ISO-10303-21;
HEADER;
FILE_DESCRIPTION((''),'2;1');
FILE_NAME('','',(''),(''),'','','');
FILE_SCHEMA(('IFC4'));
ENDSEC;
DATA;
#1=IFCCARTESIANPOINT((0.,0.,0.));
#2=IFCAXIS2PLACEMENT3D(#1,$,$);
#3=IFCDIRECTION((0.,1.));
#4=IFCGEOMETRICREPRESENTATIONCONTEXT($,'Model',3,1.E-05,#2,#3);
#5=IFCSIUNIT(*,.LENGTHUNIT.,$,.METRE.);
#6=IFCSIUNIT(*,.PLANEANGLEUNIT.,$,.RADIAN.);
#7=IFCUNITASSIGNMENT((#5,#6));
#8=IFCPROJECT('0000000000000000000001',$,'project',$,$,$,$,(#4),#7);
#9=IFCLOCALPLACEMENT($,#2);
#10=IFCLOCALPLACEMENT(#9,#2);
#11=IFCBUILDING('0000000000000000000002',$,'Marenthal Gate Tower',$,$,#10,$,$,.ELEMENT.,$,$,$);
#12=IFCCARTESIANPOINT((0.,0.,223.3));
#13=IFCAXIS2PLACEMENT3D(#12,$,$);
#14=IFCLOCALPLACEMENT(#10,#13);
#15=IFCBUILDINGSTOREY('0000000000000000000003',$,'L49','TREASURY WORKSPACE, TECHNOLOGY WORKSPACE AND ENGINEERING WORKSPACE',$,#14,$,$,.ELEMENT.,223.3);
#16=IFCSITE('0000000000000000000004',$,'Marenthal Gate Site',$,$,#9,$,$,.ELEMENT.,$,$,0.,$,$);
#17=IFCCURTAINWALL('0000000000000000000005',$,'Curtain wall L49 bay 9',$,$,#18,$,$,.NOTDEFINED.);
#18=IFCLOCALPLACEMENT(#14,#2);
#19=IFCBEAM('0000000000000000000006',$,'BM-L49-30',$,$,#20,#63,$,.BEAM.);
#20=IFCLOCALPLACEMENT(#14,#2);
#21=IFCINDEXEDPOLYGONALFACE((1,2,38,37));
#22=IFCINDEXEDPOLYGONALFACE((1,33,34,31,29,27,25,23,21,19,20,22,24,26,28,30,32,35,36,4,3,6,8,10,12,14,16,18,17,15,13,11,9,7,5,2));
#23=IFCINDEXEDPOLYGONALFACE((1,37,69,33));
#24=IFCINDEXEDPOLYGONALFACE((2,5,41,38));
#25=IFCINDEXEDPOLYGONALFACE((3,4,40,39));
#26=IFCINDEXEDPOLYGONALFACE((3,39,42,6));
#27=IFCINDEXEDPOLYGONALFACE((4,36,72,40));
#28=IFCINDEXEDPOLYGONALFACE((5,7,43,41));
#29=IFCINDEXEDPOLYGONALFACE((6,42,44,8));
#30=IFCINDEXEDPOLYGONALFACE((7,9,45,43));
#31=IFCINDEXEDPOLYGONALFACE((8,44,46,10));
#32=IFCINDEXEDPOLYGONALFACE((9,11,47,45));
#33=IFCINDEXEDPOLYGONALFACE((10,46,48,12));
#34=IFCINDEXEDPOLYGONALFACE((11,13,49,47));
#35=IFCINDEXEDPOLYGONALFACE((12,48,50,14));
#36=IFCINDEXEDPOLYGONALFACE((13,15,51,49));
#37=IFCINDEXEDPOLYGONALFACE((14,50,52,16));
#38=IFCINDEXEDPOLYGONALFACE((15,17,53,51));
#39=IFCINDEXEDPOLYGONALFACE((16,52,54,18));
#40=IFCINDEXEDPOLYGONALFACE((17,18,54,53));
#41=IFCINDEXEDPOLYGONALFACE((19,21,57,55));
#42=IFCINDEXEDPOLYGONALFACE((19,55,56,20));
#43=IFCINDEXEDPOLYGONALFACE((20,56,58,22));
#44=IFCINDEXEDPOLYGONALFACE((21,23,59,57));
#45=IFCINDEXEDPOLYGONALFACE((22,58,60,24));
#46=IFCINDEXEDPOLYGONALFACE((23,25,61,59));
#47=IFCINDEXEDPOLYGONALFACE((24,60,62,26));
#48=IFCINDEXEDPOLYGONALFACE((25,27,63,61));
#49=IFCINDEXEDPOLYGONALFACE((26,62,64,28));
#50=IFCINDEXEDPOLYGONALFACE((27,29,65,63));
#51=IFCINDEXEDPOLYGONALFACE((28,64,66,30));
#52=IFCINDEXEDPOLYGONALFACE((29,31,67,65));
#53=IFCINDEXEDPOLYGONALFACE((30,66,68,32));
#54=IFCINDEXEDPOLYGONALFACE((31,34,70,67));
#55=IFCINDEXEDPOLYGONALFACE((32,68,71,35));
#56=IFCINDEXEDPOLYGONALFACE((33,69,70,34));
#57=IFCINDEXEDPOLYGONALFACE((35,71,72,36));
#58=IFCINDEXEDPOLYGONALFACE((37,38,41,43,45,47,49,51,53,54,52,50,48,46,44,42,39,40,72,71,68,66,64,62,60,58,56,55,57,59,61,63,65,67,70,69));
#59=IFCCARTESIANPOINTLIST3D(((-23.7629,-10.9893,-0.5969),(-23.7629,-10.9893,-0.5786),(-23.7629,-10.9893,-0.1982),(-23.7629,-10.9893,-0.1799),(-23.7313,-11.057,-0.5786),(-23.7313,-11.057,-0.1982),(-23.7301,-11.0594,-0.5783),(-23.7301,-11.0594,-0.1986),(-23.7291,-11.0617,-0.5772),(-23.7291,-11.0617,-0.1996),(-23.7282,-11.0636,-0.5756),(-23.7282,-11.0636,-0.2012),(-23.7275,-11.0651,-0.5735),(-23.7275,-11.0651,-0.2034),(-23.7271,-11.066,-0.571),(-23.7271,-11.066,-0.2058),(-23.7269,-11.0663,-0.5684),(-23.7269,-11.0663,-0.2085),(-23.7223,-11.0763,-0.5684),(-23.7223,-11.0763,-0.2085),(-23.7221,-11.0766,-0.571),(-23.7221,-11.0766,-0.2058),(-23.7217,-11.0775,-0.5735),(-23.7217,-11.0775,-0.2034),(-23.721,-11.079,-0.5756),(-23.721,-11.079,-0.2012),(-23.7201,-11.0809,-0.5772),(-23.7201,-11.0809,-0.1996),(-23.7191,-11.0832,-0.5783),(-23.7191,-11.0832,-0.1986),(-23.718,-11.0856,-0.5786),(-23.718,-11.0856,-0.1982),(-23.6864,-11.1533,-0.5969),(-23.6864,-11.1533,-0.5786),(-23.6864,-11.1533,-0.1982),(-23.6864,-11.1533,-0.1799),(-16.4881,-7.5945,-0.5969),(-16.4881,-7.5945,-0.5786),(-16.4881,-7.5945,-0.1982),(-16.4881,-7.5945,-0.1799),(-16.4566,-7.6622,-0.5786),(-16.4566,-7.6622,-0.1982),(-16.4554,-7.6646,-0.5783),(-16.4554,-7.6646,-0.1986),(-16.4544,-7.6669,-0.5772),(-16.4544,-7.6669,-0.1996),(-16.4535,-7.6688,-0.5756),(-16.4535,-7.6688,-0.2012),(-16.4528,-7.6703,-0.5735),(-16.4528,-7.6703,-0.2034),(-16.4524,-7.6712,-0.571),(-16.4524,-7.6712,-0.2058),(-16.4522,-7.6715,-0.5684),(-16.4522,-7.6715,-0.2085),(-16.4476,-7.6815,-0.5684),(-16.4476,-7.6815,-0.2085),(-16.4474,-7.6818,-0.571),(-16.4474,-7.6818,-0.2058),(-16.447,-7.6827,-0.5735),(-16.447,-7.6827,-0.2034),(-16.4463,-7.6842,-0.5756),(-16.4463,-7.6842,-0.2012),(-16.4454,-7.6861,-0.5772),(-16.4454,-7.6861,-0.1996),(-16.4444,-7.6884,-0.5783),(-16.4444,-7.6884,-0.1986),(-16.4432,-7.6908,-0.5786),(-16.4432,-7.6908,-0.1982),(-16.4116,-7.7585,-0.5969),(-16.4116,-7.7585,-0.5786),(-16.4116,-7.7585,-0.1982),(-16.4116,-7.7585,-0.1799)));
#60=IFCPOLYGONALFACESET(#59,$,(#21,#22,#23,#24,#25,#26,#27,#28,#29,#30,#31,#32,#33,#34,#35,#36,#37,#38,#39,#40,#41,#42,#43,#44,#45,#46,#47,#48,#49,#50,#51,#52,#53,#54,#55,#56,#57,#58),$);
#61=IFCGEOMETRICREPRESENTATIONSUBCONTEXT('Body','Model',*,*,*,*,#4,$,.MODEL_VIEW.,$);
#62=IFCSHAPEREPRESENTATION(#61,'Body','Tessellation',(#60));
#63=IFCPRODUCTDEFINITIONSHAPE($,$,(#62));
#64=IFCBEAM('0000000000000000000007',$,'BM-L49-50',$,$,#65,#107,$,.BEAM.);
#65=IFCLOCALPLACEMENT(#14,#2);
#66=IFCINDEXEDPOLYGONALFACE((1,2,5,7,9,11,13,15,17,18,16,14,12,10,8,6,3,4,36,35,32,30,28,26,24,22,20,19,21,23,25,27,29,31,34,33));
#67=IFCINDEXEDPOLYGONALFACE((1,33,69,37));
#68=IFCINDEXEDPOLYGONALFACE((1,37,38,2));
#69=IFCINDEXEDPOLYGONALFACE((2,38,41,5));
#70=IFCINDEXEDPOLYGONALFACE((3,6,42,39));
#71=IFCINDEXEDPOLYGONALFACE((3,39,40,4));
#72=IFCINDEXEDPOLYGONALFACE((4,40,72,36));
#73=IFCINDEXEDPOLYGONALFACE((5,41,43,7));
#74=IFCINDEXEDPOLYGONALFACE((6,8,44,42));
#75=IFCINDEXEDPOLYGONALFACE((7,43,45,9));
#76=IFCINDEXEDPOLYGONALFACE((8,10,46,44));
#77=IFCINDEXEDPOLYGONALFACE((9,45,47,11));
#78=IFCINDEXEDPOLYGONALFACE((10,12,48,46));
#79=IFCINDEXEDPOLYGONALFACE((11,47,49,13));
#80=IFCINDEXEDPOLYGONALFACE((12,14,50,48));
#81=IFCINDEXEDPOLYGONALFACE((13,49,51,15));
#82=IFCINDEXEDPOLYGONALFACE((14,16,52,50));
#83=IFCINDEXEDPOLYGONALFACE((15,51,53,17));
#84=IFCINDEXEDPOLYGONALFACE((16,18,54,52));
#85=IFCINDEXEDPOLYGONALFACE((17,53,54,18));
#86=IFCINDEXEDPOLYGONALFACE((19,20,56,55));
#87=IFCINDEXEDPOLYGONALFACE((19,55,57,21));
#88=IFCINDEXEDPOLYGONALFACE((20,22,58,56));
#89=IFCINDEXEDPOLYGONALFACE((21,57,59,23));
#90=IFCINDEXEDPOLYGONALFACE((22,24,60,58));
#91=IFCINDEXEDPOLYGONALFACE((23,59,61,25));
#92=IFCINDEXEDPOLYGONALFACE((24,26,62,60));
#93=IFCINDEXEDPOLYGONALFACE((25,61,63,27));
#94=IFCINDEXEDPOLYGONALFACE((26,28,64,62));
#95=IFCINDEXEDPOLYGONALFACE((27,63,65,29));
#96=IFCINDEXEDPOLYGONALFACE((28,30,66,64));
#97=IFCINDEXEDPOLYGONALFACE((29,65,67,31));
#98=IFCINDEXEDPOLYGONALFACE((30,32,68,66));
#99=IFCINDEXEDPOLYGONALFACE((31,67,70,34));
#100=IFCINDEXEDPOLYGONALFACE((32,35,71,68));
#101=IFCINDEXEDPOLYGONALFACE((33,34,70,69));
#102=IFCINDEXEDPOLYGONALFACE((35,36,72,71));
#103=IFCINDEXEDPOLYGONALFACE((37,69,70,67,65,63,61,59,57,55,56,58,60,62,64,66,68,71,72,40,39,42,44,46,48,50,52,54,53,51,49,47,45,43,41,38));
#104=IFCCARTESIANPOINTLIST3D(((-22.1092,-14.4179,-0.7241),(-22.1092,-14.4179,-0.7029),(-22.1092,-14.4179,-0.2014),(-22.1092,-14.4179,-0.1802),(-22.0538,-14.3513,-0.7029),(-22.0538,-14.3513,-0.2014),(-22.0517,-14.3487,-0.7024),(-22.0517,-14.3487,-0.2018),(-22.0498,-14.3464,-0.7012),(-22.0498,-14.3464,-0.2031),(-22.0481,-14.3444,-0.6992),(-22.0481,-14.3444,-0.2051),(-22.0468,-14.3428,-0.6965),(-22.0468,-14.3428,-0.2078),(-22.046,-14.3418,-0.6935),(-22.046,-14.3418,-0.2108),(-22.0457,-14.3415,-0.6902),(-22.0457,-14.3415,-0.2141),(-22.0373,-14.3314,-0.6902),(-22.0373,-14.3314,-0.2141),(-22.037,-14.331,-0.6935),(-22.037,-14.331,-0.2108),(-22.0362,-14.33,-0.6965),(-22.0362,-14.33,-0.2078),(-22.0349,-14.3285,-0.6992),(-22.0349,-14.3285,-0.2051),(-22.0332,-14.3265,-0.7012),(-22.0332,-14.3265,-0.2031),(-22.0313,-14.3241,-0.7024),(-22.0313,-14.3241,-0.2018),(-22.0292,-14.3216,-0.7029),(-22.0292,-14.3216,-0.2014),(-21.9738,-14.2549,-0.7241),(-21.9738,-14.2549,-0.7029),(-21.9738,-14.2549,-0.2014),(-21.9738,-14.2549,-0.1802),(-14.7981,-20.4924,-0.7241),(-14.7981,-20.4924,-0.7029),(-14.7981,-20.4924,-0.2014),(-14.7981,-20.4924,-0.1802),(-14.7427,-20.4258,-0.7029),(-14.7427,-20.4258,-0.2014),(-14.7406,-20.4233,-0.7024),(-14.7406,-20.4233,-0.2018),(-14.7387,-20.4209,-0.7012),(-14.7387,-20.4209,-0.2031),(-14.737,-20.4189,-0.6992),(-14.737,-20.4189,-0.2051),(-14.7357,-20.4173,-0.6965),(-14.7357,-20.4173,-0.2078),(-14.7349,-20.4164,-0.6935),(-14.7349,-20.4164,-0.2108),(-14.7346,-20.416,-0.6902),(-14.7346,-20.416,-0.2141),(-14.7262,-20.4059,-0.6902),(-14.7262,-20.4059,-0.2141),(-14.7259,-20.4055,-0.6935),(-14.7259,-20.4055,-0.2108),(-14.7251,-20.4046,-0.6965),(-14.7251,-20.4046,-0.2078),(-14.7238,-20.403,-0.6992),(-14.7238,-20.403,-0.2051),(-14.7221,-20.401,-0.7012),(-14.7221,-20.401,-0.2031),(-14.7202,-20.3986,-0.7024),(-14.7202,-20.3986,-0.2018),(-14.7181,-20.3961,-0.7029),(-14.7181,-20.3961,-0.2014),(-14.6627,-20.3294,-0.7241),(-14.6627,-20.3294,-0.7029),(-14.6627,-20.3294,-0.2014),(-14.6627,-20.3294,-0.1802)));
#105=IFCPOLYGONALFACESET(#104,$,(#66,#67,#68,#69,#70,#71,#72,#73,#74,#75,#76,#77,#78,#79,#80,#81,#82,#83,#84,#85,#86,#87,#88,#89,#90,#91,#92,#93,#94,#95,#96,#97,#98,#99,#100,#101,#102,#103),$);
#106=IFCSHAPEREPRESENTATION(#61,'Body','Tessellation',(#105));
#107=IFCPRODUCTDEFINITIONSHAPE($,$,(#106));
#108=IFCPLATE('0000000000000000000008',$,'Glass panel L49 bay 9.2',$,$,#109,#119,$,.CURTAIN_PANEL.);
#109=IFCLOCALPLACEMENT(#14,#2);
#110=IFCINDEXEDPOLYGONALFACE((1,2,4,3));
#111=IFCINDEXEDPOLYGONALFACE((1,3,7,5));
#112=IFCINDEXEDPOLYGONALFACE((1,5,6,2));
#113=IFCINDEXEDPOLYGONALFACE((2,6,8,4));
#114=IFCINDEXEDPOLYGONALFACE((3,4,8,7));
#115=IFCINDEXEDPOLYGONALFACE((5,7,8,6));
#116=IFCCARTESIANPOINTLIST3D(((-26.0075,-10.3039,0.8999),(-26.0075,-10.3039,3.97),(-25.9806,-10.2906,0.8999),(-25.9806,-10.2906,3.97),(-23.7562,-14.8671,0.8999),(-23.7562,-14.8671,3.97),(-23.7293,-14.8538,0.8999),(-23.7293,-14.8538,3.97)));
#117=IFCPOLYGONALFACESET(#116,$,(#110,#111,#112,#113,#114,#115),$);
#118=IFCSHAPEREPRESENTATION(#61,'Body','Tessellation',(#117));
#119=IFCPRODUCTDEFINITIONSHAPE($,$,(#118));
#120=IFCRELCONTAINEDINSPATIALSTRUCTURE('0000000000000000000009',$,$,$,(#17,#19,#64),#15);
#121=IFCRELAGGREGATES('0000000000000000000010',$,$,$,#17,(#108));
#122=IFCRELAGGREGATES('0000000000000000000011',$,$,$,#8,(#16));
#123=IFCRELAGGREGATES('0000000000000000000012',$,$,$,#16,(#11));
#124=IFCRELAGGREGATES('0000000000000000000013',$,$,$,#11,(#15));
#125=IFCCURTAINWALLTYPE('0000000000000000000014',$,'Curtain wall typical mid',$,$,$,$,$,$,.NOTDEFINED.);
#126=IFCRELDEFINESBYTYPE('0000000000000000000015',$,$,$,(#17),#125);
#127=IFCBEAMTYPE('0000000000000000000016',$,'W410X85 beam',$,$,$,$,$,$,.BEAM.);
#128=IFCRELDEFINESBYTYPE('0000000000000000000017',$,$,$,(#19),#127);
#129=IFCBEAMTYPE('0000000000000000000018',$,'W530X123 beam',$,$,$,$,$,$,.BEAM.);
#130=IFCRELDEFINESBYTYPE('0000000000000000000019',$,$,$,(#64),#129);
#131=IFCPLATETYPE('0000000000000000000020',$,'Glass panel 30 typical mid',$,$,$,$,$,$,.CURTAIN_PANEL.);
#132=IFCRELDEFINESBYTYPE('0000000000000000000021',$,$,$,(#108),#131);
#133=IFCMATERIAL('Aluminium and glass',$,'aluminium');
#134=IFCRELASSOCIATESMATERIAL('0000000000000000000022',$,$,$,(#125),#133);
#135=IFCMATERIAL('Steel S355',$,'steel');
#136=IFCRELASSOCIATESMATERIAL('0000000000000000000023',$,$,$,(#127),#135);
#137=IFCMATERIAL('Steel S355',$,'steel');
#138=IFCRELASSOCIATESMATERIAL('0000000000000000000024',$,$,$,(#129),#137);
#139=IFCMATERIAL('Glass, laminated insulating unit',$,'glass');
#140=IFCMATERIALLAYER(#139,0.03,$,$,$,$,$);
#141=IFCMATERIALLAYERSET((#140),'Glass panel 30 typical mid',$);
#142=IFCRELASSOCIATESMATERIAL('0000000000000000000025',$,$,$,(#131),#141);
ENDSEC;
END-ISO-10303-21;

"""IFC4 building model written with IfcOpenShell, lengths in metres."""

from ifc_helpers import new_model, si_unit, direction, frame, origin, origin_2d, place, context, subcontext, project, spatial, rectangle, i_section, extrude, material, layer, layer_set, material_profile, profile_set, type_object, element, aggregate, save


model = new_model("IFC4")

# Units and contexts
model_context = context("Model", 3, precision=1e-05, world=origin(), true_north=direction((0.0, 1.0)))
body_context = subcontext(model_context, "Body", "Model", "MODEL_VIEW")
ifc_project = project(units=[si_unit("LENGTHUNIT", "METRE"), si_unit("PLANEANGLEUNIT", "RADIAN")], contexts=[model_context])

# Site, building, storey
site_placement = place(None, origin())
site = spatial("IfcSite", under=ifc_project, at=site_placement, Name="Marenthal Gate Site", CompositionType="ELEMENT", RefElevation=0.0)
building_placement = place(site_placement, origin())
building = spatial("IfcBuilding", under=site, at=building_placement, Name="Marenthal Gate Tower", CompositionType="ELEMENT")
storey_placement = place(building_placement, frame((0.0, 0.0, 223.3)))
storey = spatial("IfcBuildingStorey", under=building, at=storey_placement, Name="L49", Description="TREASURY WORKSPACE, TECHNOLOGY WORKSPACE AND ENGINEERING WORKSPACE", CompositionType="ELEMENT", Elevation=223.3)

# Curtain wall
ifc_material_1 = material(Name="Aluminium and glass", Category="aluminium")
curtain_wall_type = type_object("IfcCurtainWallType", Name="Curtain wall typical mid", PredefinedType="NOTDEFINED", material=ifc_material_1)
curtain_wall_1_placement = place(storey_placement, origin())
curtain_wall_1 = element("IfcCurtainWall", 1, at=curtain_wall_1_placement, inside=storey, type_object=curtain_wall_type, Name="Curtain wall L49 bay 9", PredefinedType="NOTDEFINED")

# Beams
ifc_material_2 = material(Name="Steel S355", Category="steel")
ifc_material_profile_1 = material_profile(ifc_material_2, i_section(OverallWidth=0.1809, OverallDepth=0.417, WebThickness=0.011, FlangeThickness=0.0183, FilletRadius=0.0103, at=origin_2d()), Name="W410X85")
ifc_profile_set_1 = profile_set([ifc_material_profile_1], Name="Steel S355")
beam_type_1 = type_object("IfcBeamType", Name="W410X85 beam", PredefinedType="BEAM", material=ifc_profile_set_1)
beam_1_placement = place(storey_placement, frame((-23.7246, -11.0713, -0.3884), z_axis=(0.906186, 0.422879, 0.0), x_axis=(-0.422879, 0.906186, 0.0)))
element("IfcBeam", 2, at=beam_1_placement, inside=storey, type_object=beam_type_1, Name="BM-L49-30", PredefinedType="BEAM", context=body_context, shape_type="SweptSolid", body=[
    extrude(i_section(OverallWidth=0.1809, OverallDepth=0.417, WebThickness=0.011, FlangeThickness=0.0183, FilletRadius=0.0103, at=origin_2d()), origin(), (0.0, 0.0, 1.0), 8.0278),
])
ifc_material_3 = material(Name="Steel S355", Category="steel")
ifc_material_profile_2 = material_profile(ifc_material_3, i_section(OverallWidth=0.2119, OverallDepth=0.5439, WebThickness=0.0132, FlangeThickness=0.0212, FilletRadius=0.0127, at=origin_2d()), Name="W530X123")
ifc_profile_set_2 = profile_set([ifc_material_profile_2], Name="Steel S355")
beam_type_2 = type_object("IfcBeamType", Name="W530X123 beam", PredefinedType="BEAM", material=ifc_profile_set_2)
beam_2_placement = place(storey_placement, frame((-22.0415, -14.3364, -0.4521), z_axis=(0.769155, -0.639062, 0.0), x_axis=(0.639062, 0.769155, 0.0)))
element("IfcBeam", 3, at=beam_2_placement, inside=storey, type_object=beam_type_2, Name="BM-L49-50", PredefinedType="BEAM", context=body_context, shape_type="SweptSolid", body=[
    extrude(i_section(OverallWidth=0.2119, OverallDepth=0.5439, WebThickness=0.0132, FlangeThickness=0.0212, FilletRadius=0.0127, at=origin_2d()), origin(), (0.0, 0.0, 1.0), 9.5054),
])

# Plate
ifc_material_4 = material(Name="Glass, laminated insulating unit", Category="glass")
ifc_layer_1 = layer(ifc_material_4, 0.03)
ifc_layer_set_1 = layer_set([ifc_layer_1], Name="Glass panel 30 typical mid")
plate_type = type_object("IfcPlateType", Name="Glass panel 30 typical mid", PredefinedType="CURTAIN_PANEL", material=ifc_layer_set_1)
plate_placement = place(storey_placement, frame((-24.8684, -12.5789, 0.8999), z_axis=(0.0, 0.0, 1.0), x_axis=(0.442441, -0.896798, 0.0)))
plate = element("IfcPlate", 4, at=plate_placement, type_object=plate_type, Name="Glass panel L49 bay 9.2", PredefinedType="CURTAIN_PANEL", context=body_context, shape_type="SweptSolid", body=[
    extrude(rectangle(XDim=5.0884, YDim=0.03, at=origin_2d()), origin(), (0.0, 0.0, 1.0), 3.0701),
])
aggregate(curtain_wall_1, [plate])

save(model, "model.ifc")
